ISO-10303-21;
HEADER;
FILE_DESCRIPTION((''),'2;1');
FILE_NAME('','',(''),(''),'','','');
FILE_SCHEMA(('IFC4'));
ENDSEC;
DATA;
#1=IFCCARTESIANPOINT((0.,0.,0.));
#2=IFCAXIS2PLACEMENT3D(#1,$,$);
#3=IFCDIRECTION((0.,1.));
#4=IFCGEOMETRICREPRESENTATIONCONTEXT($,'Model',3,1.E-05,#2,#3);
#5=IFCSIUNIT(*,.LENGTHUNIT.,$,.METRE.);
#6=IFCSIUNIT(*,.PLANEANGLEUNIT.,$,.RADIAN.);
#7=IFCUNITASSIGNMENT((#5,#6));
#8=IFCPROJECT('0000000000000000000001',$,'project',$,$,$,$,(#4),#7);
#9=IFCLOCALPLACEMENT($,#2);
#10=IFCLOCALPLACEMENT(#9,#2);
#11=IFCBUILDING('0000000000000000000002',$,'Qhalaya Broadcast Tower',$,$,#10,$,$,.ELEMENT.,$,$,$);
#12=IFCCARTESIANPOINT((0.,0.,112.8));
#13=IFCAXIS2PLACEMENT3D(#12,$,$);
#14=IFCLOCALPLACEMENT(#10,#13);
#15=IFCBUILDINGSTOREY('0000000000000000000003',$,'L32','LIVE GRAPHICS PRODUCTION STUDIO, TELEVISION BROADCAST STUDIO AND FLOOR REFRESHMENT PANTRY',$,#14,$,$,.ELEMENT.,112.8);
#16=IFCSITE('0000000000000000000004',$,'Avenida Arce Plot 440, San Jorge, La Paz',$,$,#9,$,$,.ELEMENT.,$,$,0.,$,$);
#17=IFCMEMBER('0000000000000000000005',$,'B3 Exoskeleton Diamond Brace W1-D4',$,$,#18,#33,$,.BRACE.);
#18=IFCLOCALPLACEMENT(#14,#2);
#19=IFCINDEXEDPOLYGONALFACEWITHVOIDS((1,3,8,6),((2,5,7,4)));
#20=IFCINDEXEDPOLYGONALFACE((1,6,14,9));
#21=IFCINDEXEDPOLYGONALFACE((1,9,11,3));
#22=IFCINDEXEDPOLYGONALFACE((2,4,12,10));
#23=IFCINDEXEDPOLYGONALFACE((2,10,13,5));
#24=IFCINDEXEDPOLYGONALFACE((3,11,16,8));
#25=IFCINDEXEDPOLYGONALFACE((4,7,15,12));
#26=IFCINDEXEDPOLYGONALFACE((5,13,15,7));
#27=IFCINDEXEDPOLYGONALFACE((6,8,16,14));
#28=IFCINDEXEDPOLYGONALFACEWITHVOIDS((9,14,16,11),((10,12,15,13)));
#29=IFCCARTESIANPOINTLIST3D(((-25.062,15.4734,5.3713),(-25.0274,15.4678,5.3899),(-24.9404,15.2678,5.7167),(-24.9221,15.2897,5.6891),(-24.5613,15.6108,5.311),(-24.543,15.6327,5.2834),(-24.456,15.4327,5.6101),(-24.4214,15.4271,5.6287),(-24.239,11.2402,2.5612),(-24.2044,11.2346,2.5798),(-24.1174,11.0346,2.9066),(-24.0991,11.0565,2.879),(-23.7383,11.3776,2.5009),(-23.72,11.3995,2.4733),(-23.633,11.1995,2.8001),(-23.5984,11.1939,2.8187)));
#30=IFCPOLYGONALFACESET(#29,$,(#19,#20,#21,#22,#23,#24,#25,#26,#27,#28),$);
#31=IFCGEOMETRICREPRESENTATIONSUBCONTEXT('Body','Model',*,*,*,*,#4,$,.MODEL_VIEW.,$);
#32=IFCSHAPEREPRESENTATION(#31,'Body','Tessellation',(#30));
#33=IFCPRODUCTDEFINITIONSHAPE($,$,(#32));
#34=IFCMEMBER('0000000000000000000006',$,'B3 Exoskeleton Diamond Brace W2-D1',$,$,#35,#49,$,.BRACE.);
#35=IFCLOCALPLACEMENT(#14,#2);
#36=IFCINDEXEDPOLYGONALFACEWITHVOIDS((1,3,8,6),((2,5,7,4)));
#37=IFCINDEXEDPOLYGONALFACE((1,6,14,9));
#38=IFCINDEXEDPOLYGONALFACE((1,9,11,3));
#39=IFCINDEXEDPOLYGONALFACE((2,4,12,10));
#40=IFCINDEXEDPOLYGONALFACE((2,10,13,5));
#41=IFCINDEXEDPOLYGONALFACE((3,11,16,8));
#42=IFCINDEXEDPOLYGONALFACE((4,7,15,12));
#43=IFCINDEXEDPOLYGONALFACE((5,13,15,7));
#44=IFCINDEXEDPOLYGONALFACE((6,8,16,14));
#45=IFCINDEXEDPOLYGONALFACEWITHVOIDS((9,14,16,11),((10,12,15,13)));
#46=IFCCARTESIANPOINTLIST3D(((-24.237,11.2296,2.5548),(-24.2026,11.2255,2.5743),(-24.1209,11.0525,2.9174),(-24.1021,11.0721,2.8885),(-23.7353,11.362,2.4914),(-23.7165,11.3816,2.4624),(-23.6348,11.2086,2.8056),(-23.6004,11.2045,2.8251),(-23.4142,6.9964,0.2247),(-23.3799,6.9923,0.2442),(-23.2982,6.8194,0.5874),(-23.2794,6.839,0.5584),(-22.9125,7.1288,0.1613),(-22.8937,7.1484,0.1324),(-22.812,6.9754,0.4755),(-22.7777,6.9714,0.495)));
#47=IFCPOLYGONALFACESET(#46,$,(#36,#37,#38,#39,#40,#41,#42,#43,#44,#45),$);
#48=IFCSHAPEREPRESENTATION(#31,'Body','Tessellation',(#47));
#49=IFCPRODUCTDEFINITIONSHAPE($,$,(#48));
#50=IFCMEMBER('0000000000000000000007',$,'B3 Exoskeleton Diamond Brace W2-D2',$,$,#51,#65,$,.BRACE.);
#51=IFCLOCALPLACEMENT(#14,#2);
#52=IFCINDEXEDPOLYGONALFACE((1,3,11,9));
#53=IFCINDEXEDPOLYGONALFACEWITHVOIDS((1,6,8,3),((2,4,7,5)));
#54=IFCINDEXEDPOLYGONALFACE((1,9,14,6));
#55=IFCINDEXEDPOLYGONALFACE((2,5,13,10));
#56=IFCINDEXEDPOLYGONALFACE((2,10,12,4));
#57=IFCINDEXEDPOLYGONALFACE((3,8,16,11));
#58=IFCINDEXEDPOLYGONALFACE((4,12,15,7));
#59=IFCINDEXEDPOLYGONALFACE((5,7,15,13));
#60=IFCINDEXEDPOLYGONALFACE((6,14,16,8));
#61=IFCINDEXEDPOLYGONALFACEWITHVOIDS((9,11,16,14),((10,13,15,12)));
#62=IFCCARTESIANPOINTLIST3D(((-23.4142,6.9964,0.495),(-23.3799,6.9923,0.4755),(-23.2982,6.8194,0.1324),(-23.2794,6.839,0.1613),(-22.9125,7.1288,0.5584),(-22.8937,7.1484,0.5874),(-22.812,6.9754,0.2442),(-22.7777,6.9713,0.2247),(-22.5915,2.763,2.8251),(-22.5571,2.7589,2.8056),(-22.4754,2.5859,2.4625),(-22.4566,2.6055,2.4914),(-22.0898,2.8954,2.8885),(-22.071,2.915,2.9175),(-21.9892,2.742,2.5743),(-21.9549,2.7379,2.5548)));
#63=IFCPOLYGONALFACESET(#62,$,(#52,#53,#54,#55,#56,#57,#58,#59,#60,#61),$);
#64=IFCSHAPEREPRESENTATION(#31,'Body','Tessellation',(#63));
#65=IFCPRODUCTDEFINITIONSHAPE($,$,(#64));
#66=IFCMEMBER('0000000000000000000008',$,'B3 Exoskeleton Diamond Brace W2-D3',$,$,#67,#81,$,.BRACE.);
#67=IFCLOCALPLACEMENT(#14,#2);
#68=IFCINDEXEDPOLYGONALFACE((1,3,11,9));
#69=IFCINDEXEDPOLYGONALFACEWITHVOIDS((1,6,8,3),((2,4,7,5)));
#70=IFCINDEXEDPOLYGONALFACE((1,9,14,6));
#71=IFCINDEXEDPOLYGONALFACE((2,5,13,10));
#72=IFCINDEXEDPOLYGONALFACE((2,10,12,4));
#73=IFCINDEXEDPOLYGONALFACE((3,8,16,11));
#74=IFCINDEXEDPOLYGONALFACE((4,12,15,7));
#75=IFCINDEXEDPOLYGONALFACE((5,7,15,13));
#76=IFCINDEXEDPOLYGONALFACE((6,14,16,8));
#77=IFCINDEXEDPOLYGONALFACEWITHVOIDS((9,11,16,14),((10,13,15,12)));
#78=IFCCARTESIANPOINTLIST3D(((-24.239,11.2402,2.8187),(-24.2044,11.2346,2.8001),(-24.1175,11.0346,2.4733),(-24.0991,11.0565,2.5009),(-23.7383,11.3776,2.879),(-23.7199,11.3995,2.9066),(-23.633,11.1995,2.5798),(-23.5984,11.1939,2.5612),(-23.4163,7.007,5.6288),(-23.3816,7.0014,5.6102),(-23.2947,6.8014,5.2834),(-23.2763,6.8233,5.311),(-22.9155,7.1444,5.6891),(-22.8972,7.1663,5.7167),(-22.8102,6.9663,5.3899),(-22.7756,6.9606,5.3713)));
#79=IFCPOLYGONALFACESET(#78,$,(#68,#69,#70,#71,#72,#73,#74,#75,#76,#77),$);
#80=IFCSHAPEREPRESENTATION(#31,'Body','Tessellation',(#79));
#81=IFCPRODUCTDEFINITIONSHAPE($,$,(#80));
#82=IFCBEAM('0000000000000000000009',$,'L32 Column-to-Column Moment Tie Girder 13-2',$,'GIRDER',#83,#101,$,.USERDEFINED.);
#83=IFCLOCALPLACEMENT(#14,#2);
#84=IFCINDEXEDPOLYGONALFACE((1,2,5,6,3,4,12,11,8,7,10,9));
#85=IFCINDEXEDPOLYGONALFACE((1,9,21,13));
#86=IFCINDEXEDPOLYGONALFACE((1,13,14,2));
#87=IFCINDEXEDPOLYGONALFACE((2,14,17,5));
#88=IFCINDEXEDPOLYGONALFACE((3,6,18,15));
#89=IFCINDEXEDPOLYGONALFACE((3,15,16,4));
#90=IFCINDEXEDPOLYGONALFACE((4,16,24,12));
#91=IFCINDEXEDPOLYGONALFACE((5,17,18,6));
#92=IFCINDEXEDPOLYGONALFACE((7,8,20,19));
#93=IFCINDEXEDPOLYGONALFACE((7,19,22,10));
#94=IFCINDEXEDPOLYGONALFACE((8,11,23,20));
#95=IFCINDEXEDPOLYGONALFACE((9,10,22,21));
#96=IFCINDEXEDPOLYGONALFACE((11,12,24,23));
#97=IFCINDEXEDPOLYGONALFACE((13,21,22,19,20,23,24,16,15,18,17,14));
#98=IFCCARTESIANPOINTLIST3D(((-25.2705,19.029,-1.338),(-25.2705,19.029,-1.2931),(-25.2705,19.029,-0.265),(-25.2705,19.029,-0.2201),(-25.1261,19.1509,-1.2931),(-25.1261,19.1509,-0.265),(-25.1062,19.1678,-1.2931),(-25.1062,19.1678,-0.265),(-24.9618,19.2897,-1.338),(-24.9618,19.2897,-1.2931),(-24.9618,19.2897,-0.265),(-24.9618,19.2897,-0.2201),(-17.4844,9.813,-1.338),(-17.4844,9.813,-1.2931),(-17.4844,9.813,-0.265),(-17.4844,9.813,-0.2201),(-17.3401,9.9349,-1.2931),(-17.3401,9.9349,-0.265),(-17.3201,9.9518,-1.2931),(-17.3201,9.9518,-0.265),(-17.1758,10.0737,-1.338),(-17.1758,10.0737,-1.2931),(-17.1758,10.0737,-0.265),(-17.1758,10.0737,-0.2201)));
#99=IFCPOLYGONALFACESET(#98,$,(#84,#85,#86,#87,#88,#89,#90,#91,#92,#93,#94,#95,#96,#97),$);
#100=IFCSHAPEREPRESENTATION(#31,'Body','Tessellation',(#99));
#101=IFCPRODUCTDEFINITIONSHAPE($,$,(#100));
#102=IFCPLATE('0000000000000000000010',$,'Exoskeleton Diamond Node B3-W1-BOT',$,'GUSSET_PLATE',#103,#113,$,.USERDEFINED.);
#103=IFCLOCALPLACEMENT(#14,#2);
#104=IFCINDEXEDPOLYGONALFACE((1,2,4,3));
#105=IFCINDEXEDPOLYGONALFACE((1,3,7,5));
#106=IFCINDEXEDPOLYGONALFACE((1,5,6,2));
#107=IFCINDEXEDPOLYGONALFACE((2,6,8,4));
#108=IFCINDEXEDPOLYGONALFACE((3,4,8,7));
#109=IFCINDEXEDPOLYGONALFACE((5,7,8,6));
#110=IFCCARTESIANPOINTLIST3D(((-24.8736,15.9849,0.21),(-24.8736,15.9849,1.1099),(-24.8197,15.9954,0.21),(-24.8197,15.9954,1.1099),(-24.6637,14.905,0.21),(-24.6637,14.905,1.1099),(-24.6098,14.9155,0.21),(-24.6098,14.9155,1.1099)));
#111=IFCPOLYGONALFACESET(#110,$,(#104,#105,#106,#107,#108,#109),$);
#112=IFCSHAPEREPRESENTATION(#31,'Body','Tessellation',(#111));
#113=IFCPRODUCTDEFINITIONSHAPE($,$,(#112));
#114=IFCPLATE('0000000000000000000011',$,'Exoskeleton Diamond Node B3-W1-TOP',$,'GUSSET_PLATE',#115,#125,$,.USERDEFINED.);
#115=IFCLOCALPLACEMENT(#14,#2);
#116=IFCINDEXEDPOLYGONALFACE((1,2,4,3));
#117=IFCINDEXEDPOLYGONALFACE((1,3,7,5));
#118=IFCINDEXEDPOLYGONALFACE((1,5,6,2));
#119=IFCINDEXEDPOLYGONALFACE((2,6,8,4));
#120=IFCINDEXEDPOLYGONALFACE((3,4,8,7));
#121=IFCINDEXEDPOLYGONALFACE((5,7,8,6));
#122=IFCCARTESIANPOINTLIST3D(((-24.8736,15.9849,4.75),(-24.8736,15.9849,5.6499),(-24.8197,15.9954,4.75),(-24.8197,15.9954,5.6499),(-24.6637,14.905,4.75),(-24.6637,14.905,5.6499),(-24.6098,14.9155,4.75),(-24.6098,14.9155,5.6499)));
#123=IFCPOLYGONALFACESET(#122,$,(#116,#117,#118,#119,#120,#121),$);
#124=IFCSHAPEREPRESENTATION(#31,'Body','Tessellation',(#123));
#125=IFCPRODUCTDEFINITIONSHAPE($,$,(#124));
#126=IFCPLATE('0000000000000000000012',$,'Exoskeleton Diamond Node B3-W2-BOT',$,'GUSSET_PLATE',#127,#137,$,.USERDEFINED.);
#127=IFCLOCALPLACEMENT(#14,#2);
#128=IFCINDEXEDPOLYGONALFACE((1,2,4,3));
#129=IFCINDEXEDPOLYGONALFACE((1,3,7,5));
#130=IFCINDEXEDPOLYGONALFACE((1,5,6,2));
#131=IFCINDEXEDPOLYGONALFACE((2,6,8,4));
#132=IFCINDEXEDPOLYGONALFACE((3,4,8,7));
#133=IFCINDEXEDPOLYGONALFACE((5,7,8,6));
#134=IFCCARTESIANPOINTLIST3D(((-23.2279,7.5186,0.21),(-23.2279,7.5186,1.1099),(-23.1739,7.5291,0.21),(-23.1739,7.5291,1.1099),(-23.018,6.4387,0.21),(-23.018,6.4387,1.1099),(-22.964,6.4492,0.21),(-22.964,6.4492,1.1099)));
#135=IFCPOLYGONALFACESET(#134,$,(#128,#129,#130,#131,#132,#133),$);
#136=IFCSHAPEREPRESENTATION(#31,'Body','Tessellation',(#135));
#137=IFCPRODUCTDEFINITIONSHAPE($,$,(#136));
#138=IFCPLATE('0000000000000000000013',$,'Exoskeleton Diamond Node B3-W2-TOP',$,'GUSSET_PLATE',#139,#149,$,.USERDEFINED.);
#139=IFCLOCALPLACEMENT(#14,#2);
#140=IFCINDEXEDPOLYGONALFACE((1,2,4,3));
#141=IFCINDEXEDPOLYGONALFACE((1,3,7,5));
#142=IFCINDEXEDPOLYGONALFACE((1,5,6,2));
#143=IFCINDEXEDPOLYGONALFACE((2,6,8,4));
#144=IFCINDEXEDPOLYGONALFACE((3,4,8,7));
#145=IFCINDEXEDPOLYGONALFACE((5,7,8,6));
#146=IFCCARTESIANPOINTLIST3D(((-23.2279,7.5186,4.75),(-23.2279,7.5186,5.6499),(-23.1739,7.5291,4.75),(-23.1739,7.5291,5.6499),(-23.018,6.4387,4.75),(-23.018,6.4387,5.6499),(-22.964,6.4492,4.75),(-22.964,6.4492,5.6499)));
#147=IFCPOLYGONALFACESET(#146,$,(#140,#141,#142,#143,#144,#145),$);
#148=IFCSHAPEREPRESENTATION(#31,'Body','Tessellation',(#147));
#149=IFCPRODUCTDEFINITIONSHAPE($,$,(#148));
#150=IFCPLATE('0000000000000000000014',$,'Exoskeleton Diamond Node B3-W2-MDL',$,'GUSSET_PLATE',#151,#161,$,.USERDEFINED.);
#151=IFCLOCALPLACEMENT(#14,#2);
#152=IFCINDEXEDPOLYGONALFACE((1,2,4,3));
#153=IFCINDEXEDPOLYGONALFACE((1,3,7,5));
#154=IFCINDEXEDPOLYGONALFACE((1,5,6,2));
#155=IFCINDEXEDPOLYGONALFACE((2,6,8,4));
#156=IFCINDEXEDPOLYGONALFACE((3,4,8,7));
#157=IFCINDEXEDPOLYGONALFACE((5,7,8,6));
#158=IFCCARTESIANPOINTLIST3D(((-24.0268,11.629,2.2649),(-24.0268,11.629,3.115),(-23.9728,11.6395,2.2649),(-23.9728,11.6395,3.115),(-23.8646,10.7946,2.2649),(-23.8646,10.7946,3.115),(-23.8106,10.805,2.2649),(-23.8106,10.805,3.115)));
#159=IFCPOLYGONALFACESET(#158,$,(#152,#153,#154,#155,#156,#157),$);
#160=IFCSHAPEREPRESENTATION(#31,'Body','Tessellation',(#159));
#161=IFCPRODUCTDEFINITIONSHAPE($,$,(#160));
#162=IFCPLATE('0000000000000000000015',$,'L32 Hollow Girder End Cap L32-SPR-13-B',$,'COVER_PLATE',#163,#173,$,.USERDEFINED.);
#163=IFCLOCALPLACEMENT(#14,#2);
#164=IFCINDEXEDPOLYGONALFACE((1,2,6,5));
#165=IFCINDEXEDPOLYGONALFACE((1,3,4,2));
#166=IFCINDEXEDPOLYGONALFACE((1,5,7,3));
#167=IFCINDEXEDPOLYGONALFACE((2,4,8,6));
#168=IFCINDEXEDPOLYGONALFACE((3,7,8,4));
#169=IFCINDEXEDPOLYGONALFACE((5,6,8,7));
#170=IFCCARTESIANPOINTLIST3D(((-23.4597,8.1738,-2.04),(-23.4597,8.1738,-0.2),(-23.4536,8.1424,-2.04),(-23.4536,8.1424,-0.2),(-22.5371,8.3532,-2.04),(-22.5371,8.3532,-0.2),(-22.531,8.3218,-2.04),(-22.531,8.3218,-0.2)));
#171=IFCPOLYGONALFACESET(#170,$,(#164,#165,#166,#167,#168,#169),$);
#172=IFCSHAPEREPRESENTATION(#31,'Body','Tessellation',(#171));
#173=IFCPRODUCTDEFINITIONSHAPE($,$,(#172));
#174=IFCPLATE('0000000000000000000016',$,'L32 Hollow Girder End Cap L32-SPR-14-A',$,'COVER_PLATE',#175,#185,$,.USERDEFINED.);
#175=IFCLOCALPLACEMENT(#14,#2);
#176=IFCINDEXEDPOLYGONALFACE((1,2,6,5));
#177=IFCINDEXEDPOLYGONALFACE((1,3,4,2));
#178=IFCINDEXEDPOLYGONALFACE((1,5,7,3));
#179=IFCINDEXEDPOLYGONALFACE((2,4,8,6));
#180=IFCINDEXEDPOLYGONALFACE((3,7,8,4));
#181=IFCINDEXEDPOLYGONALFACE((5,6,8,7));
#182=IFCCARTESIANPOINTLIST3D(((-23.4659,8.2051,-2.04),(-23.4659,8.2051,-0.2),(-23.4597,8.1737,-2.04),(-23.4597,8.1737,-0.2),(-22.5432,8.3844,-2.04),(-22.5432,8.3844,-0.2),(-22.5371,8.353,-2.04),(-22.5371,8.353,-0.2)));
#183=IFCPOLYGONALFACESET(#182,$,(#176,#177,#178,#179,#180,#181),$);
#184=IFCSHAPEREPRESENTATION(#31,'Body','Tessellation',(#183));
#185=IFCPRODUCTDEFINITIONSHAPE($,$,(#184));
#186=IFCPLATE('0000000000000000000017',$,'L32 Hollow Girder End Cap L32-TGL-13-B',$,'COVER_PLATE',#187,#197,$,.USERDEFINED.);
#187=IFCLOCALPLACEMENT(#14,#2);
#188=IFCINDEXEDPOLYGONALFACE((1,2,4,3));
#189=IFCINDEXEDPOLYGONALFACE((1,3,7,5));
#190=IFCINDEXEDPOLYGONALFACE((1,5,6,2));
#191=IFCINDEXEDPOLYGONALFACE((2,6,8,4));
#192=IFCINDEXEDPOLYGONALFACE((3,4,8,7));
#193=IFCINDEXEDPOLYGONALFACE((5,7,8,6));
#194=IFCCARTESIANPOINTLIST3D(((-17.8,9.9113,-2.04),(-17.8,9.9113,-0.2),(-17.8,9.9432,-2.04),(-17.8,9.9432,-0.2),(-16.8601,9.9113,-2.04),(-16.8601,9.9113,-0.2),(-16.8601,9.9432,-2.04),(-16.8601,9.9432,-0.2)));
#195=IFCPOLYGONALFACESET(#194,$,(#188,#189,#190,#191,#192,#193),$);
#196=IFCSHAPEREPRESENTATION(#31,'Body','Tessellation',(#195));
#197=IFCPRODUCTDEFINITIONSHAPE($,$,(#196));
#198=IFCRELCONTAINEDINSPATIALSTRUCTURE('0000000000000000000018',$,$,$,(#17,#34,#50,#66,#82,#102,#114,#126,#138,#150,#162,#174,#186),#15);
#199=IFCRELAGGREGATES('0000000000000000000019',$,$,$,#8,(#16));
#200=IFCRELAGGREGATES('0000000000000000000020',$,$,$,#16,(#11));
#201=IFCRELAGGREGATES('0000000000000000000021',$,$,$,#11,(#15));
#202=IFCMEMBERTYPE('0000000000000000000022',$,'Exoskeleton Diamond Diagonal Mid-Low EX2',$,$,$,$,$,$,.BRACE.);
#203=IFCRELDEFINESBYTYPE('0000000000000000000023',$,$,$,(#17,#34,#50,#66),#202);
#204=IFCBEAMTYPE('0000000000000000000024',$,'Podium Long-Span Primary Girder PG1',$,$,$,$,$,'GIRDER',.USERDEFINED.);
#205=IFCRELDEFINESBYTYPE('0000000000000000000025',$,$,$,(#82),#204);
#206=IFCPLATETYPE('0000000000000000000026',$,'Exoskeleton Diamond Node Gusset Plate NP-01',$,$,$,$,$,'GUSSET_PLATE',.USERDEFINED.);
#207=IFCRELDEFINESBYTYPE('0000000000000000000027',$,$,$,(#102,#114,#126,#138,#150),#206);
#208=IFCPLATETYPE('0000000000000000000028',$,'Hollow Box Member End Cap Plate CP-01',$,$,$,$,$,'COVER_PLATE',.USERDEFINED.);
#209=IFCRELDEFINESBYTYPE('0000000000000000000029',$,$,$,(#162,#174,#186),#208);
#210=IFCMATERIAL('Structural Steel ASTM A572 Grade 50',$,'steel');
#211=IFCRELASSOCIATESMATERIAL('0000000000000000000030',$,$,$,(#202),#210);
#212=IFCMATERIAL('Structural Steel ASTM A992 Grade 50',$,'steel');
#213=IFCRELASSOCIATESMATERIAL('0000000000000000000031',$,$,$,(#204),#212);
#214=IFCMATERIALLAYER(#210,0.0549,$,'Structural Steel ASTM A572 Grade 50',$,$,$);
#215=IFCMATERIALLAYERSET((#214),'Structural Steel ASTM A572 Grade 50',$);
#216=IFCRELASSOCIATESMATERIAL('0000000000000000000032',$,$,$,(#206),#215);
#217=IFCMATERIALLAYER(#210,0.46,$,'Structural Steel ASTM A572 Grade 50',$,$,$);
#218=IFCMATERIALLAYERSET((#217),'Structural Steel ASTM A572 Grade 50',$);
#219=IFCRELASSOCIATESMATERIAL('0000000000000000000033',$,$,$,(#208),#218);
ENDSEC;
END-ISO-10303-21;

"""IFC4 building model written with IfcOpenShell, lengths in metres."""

from ifc_helpers import new_model, si_unit, direction, frame, origin, origin_2d, place, context, subcontext, project, spatial, rectangle, hollow_rectangle, i_section, extrude, material, layer, layer_set, material_profile, profile_set, type_object, element, save


model = new_model("IFC4")

# Units and contexts
model_context = context("Model", 3, precision=1e-05, world=origin(), true_north=direction((0.0, 1.0)))
body_context = subcontext(model_context, "Body", "Model", "MODEL_VIEW")
ifc_project = project(units=[si_unit("LENGTHUNIT", "METRE"), si_unit("PLANEANGLEUNIT", "RADIAN")], contexts=[model_context])

# Site, building, storey
site_placement = place(None, origin())
site = spatial("IfcSite", under=ifc_project, at=site_placement, Name="Avenida Arce Plot 440, San Jorge, La Paz", CompositionType="ELEMENT", RefElevation=0.0)
building_placement = place(site_placement, origin())
building = spatial("IfcBuilding", under=site, at=building_placement, Name="Qhalaya Broadcast Tower", CompositionType="ELEMENT")
storey_placement = place(building_placement, frame((0.0, 0.0, 112.8)))
storey = spatial("IfcBuildingStorey", under=building, at=storey_placement, Name="L32", Description="LIVE GRAPHICS PRODUCTION STUDIO, TELEVISION BROADCAST STUDIO AND FLOOR REFRESHMENT PANTRY", CompositionType="ELEMENT", Elevation=112.8)

# Shared definitions
ifc_material_1 = material(Name="Structural Steel ASTM A572 Grade 50", Category="steel")

# Shared definitions
ifc_material_2 = material(Name="Structural Steel ASTM A992 Grade 50", Category="steel")

# Members
ifc_material_profile_1 = material_profile(ifc_material_1, hollow_rectangle(XDim=0.4199, YDim=0.55, WallThickness=0.0281, at=origin_2d()), Name="BOX 420x550x28")
ifc_profile_set_1 = profile_set([ifc_material_profile_1], Name="Structural Steel ASTM A572 Grade 50")
member_type = type_object("IfcMemberType", Name="Exoskeleton Diamond Diagonal Mid-Low EX2", PredefinedType="BRACE", material=ifc_profile_set_1)
member_1_placement = place(storey_placement, frame((-23.9187, 11.217, 2.6899), z_axis=(-0.159893, 0.822424, 0.545943), x_axis=(0.289578, -0.489647, 0.822429)))
element("IfcMember", 1, at=member_1_placement, inside=storey, type_object=member_type, Name="B3 Exoskeleton Diamond Brace W1-D4", PredefinedType="BRACE", context=body_context, shape_type="SweptSolid", body=[
    extrude(hollow_rectangle(XDim=0.4199, YDim=0.55, WallThickness=0.0281, at=origin_2d()), origin(), (0.0, 0.0, 1.0), 5.1472),
])
member_2_placement = place(storey_placement, frame((-23.0959, 6.9839, 0.3599), z_axis=(-0.167854, 0.863625, 0.47537), x_axis=(0.276333, -0.42166, 0.863622)))
element("IfcMember", 2, at=member_2_placement, inside=storey, type_object=member_type, Name="B3 Exoskeleton Diamond Brace W2-D1", PredefinedType="BRACE", context=body_context, shape_type="SweptSolid", body=[
    extrude(hollow_rectangle(XDim=0.4199, YDim=0.55, WallThickness=0.0281, at=origin_2d()), origin(), (0.0, 0.0, 1.0), 4.9016),
])
member_3_placement = place(storey_placement, frame((-23.0959, 6.9839, 0.3599), z_axis=(0.167847, -0.863638, 0.475349), x_axis=(-0.276325, 0.421643, 0.863633)))
element("IfcMember", 3, at=member_3_placement, inside=storey, type_object=member_type, Name="B3 Exoskeleton Diamond Brace W2-D2", PredefinedType="BRACE", context=body_context, shape_type="SweptSolid", body=[
    extrude(hollow_rectangle(XDim=0.4199, YDim=0.55, WallThickness=0.0281, at=origin_2d()), origin(), (0.0, 0.0, 1.0), 4.9019),
])
member_4_placement = place(storey_placement, frame((-23.9187, 11.217, 2.6899), z_axis=(0.159847, -0.82243, 0.545947), x_axis=(-0.289551, 0.489668, 0.822427)))
element("IfcMember", 4, at=member_4_placement, inside=storey, type_object=member_type, Name="B3 Exoskeleton Diamond Brace W2-D3", PredefinedType="BRACE", context=body_context, shape_type="SweptSolid", body=[
    extrude(hollow_rectangle(XDim=0.4199, YDim=0.55, WallThickness=0.0281, at=origin_2d()), origin(), (0.0, 0.0, 1.0), 5.1472),
])

# Beam
ifc_material_profile_2 = material_profile(ifc_material_2, i_section(OverallWidth=0.4041, OverallDepth=1.1179, WebThickness=0.0261, FlangeThickness=0.0449, at=origin_2d()), Name="W44X335")
ifc_profile_set_2 = profile_set([ifc_material_profile_2], Name="Structural Steel ASTM A992 Grade 50")
beam_type_1 = type_object("IfcBeamType", Name="Podium Long-Span Primary Girder PG1", ElementType="GIRDER", PredefinedType="USERDEFINED", material=ifc_profile_set_2)
beam_1_placement = place(storey_placement, frame((-17.3301, 9.9434, -0.7791), z_axis=(-0.645359, 0.76388, 0.0), x_axis=(-0.76388, -0.645359, 0.0)))
element("IfcBeam", 5, at=beam_1_placement, inside=storey, type_object=beam_type_1, Name="L32 Column-to-Column Moment Tie Girder 13-2", ObjectType="GIRDER", PredefinedType="USERDEFINED", context=body_context, shape_type="SweptSolid", body=[
    extrude(i_section(OverallWidth=0.4041, OverallDepth=1.1179, WebThickness=0.0261, FlangeThickness=0.0449, at=origin_2d()), origin(), (0.0, 0.0, 1.0), 12.0647),
])

# Plates
ifc_layer_1 = layer(ifc_material_1, 0.0549, Name="Structural Steel ASTM A572 Grade 50")
ifc_layer_set_1 = layer_set([ifc_layer_1], Name="Structural Steel ASTM A572 Grade 50")
plate_type_1 = type_object("IfcPlateType", Name="Exoskeleton Diamond Node Gusset Plate NP-01", ElementType="GUSSET_PLATE", PredefinedType="USERDEFINED", material=ifc_layer_set_1)
for number, where, z_axis, x_axis, name in (
    (6, (-24.7417, 15.4502, 0.21), (0.0, 0.0, 1.0), (-0.190809, 0.981627, 0.0), "Exoskeleton Diamond Node B3-W1-BOT"),
    (7, (-24.7417, 15.4502, 4.75), (0.0, 0.0, 1.0), (-0.190809, 0.981627, 0.0), "Exoskeleton Diamond Node B3-W1-TOP"),
    (8, (-23.0959, 6.9839, 0.21), (0.0, 0.0, 1.0), (-0.190809, 0.981627, 0.0), "Exoskeleton Diamond Node B3-W2-BOT"),
    (9, (-23.0959, 6.9839, 4.75), (0.0, 0.0, 1.0), (-0.190809, 0.981627, 0.0), "Exoskeleton Diamond Node B3-W2-TOP"),
):
    element("IfcPlate", number, at=place(storey_placement, frame(where, z_axis=z_axis, x_axis=x_axis)), inside=storey, type_object=plate_type_1, Name=name, ObjectType="GUSSET_PLATE", PredefinedType="USERDEFINED", context=body_context, shape_type="SweptSolid", body=[
        extrude(rectangle(XDim=1.1001, YDim=0.0549, at=origin_2d()), origin(), (0.0, 0.0, 1.0), 0.8999),
    ])
plate_1_placement = place(storey_placement, frame((-23.9187, 11.217, 2.2649), z_axis=(0.0, 0.0, 1.0), x_axis=(-0.190809, 0.981627, 0.0)))
element("IfcPlate", 10, at=plate_1_placement, inside=storey, type_object=plate_type_1, Name="Exoskeleton Diamond Node B3-W2-MDL", ObjectType="GUSSET_PLATE", PredefinedType="USERDEFINED", context=body_context, shape_type="SweptSolid", body=[
    extrude(rectangle(XDim=0.8501, YDim=0.0549, at=origin_2d()), origin(), (0.0, 0.0, 1.0), 0.8501),
])
ifc_layer_2 = layer(ifc_material_1, 0.46, Name="Structural Steel ASTM A572 Grade 50")
ifc_layer_set_2 = layer_set([ifc_layer_2], Name="Structural Steel ASTM A572 Grade 50")
plate_type_2 = type_object("IfcPlateType", Name="Hollow Box Member End Cap Plate CP-01", ElementType="COVER_PLATE", PredefinedType="USERDEFINED", material=ifc_layer_set_2)
for number, where, z_axis, x_axis, name in (
    (11, (-22.9954, 8.2478, -2.04), (0.0, 0.0, 1.0), (0.981627, 0.190809, 0.0), "L32 Hollow Girder End Cap L32-SPR-13-B"),
    (12, (-23.0015, 8.2791, -2.04), (0.0, 0.0, 1.0), (0.981627, 0.190809, 0.0), "L32 Hollow Girder End Cap L32-SPR-14-A"),
    (13, (-17.3301, 9.9272, -2.04), (0.0, 0.0, 1.0), (1.0, 0.0, 0.0), "L32 Hollow Girder End Cap L32-TGL-13-B"),
):
    element("IfcPlate", number, at=place(storey_placement, frame(where, z_axis=z_axis, x_axis=x_axis)), inside=storey, type_object=plate_type_2, Name=name, ObjectType="COVER_PLATE", PredefinedType="USERDEFINED", context=body_context, shape_type="SweptSolid", body=[
        extrude(rectangle(XDim=0.9399, YDim=0.032, at=origin_2d()), origin(), (0.0, 0.0, 1.0), 1.8401),
    ])

save(model, "model.ifc")
